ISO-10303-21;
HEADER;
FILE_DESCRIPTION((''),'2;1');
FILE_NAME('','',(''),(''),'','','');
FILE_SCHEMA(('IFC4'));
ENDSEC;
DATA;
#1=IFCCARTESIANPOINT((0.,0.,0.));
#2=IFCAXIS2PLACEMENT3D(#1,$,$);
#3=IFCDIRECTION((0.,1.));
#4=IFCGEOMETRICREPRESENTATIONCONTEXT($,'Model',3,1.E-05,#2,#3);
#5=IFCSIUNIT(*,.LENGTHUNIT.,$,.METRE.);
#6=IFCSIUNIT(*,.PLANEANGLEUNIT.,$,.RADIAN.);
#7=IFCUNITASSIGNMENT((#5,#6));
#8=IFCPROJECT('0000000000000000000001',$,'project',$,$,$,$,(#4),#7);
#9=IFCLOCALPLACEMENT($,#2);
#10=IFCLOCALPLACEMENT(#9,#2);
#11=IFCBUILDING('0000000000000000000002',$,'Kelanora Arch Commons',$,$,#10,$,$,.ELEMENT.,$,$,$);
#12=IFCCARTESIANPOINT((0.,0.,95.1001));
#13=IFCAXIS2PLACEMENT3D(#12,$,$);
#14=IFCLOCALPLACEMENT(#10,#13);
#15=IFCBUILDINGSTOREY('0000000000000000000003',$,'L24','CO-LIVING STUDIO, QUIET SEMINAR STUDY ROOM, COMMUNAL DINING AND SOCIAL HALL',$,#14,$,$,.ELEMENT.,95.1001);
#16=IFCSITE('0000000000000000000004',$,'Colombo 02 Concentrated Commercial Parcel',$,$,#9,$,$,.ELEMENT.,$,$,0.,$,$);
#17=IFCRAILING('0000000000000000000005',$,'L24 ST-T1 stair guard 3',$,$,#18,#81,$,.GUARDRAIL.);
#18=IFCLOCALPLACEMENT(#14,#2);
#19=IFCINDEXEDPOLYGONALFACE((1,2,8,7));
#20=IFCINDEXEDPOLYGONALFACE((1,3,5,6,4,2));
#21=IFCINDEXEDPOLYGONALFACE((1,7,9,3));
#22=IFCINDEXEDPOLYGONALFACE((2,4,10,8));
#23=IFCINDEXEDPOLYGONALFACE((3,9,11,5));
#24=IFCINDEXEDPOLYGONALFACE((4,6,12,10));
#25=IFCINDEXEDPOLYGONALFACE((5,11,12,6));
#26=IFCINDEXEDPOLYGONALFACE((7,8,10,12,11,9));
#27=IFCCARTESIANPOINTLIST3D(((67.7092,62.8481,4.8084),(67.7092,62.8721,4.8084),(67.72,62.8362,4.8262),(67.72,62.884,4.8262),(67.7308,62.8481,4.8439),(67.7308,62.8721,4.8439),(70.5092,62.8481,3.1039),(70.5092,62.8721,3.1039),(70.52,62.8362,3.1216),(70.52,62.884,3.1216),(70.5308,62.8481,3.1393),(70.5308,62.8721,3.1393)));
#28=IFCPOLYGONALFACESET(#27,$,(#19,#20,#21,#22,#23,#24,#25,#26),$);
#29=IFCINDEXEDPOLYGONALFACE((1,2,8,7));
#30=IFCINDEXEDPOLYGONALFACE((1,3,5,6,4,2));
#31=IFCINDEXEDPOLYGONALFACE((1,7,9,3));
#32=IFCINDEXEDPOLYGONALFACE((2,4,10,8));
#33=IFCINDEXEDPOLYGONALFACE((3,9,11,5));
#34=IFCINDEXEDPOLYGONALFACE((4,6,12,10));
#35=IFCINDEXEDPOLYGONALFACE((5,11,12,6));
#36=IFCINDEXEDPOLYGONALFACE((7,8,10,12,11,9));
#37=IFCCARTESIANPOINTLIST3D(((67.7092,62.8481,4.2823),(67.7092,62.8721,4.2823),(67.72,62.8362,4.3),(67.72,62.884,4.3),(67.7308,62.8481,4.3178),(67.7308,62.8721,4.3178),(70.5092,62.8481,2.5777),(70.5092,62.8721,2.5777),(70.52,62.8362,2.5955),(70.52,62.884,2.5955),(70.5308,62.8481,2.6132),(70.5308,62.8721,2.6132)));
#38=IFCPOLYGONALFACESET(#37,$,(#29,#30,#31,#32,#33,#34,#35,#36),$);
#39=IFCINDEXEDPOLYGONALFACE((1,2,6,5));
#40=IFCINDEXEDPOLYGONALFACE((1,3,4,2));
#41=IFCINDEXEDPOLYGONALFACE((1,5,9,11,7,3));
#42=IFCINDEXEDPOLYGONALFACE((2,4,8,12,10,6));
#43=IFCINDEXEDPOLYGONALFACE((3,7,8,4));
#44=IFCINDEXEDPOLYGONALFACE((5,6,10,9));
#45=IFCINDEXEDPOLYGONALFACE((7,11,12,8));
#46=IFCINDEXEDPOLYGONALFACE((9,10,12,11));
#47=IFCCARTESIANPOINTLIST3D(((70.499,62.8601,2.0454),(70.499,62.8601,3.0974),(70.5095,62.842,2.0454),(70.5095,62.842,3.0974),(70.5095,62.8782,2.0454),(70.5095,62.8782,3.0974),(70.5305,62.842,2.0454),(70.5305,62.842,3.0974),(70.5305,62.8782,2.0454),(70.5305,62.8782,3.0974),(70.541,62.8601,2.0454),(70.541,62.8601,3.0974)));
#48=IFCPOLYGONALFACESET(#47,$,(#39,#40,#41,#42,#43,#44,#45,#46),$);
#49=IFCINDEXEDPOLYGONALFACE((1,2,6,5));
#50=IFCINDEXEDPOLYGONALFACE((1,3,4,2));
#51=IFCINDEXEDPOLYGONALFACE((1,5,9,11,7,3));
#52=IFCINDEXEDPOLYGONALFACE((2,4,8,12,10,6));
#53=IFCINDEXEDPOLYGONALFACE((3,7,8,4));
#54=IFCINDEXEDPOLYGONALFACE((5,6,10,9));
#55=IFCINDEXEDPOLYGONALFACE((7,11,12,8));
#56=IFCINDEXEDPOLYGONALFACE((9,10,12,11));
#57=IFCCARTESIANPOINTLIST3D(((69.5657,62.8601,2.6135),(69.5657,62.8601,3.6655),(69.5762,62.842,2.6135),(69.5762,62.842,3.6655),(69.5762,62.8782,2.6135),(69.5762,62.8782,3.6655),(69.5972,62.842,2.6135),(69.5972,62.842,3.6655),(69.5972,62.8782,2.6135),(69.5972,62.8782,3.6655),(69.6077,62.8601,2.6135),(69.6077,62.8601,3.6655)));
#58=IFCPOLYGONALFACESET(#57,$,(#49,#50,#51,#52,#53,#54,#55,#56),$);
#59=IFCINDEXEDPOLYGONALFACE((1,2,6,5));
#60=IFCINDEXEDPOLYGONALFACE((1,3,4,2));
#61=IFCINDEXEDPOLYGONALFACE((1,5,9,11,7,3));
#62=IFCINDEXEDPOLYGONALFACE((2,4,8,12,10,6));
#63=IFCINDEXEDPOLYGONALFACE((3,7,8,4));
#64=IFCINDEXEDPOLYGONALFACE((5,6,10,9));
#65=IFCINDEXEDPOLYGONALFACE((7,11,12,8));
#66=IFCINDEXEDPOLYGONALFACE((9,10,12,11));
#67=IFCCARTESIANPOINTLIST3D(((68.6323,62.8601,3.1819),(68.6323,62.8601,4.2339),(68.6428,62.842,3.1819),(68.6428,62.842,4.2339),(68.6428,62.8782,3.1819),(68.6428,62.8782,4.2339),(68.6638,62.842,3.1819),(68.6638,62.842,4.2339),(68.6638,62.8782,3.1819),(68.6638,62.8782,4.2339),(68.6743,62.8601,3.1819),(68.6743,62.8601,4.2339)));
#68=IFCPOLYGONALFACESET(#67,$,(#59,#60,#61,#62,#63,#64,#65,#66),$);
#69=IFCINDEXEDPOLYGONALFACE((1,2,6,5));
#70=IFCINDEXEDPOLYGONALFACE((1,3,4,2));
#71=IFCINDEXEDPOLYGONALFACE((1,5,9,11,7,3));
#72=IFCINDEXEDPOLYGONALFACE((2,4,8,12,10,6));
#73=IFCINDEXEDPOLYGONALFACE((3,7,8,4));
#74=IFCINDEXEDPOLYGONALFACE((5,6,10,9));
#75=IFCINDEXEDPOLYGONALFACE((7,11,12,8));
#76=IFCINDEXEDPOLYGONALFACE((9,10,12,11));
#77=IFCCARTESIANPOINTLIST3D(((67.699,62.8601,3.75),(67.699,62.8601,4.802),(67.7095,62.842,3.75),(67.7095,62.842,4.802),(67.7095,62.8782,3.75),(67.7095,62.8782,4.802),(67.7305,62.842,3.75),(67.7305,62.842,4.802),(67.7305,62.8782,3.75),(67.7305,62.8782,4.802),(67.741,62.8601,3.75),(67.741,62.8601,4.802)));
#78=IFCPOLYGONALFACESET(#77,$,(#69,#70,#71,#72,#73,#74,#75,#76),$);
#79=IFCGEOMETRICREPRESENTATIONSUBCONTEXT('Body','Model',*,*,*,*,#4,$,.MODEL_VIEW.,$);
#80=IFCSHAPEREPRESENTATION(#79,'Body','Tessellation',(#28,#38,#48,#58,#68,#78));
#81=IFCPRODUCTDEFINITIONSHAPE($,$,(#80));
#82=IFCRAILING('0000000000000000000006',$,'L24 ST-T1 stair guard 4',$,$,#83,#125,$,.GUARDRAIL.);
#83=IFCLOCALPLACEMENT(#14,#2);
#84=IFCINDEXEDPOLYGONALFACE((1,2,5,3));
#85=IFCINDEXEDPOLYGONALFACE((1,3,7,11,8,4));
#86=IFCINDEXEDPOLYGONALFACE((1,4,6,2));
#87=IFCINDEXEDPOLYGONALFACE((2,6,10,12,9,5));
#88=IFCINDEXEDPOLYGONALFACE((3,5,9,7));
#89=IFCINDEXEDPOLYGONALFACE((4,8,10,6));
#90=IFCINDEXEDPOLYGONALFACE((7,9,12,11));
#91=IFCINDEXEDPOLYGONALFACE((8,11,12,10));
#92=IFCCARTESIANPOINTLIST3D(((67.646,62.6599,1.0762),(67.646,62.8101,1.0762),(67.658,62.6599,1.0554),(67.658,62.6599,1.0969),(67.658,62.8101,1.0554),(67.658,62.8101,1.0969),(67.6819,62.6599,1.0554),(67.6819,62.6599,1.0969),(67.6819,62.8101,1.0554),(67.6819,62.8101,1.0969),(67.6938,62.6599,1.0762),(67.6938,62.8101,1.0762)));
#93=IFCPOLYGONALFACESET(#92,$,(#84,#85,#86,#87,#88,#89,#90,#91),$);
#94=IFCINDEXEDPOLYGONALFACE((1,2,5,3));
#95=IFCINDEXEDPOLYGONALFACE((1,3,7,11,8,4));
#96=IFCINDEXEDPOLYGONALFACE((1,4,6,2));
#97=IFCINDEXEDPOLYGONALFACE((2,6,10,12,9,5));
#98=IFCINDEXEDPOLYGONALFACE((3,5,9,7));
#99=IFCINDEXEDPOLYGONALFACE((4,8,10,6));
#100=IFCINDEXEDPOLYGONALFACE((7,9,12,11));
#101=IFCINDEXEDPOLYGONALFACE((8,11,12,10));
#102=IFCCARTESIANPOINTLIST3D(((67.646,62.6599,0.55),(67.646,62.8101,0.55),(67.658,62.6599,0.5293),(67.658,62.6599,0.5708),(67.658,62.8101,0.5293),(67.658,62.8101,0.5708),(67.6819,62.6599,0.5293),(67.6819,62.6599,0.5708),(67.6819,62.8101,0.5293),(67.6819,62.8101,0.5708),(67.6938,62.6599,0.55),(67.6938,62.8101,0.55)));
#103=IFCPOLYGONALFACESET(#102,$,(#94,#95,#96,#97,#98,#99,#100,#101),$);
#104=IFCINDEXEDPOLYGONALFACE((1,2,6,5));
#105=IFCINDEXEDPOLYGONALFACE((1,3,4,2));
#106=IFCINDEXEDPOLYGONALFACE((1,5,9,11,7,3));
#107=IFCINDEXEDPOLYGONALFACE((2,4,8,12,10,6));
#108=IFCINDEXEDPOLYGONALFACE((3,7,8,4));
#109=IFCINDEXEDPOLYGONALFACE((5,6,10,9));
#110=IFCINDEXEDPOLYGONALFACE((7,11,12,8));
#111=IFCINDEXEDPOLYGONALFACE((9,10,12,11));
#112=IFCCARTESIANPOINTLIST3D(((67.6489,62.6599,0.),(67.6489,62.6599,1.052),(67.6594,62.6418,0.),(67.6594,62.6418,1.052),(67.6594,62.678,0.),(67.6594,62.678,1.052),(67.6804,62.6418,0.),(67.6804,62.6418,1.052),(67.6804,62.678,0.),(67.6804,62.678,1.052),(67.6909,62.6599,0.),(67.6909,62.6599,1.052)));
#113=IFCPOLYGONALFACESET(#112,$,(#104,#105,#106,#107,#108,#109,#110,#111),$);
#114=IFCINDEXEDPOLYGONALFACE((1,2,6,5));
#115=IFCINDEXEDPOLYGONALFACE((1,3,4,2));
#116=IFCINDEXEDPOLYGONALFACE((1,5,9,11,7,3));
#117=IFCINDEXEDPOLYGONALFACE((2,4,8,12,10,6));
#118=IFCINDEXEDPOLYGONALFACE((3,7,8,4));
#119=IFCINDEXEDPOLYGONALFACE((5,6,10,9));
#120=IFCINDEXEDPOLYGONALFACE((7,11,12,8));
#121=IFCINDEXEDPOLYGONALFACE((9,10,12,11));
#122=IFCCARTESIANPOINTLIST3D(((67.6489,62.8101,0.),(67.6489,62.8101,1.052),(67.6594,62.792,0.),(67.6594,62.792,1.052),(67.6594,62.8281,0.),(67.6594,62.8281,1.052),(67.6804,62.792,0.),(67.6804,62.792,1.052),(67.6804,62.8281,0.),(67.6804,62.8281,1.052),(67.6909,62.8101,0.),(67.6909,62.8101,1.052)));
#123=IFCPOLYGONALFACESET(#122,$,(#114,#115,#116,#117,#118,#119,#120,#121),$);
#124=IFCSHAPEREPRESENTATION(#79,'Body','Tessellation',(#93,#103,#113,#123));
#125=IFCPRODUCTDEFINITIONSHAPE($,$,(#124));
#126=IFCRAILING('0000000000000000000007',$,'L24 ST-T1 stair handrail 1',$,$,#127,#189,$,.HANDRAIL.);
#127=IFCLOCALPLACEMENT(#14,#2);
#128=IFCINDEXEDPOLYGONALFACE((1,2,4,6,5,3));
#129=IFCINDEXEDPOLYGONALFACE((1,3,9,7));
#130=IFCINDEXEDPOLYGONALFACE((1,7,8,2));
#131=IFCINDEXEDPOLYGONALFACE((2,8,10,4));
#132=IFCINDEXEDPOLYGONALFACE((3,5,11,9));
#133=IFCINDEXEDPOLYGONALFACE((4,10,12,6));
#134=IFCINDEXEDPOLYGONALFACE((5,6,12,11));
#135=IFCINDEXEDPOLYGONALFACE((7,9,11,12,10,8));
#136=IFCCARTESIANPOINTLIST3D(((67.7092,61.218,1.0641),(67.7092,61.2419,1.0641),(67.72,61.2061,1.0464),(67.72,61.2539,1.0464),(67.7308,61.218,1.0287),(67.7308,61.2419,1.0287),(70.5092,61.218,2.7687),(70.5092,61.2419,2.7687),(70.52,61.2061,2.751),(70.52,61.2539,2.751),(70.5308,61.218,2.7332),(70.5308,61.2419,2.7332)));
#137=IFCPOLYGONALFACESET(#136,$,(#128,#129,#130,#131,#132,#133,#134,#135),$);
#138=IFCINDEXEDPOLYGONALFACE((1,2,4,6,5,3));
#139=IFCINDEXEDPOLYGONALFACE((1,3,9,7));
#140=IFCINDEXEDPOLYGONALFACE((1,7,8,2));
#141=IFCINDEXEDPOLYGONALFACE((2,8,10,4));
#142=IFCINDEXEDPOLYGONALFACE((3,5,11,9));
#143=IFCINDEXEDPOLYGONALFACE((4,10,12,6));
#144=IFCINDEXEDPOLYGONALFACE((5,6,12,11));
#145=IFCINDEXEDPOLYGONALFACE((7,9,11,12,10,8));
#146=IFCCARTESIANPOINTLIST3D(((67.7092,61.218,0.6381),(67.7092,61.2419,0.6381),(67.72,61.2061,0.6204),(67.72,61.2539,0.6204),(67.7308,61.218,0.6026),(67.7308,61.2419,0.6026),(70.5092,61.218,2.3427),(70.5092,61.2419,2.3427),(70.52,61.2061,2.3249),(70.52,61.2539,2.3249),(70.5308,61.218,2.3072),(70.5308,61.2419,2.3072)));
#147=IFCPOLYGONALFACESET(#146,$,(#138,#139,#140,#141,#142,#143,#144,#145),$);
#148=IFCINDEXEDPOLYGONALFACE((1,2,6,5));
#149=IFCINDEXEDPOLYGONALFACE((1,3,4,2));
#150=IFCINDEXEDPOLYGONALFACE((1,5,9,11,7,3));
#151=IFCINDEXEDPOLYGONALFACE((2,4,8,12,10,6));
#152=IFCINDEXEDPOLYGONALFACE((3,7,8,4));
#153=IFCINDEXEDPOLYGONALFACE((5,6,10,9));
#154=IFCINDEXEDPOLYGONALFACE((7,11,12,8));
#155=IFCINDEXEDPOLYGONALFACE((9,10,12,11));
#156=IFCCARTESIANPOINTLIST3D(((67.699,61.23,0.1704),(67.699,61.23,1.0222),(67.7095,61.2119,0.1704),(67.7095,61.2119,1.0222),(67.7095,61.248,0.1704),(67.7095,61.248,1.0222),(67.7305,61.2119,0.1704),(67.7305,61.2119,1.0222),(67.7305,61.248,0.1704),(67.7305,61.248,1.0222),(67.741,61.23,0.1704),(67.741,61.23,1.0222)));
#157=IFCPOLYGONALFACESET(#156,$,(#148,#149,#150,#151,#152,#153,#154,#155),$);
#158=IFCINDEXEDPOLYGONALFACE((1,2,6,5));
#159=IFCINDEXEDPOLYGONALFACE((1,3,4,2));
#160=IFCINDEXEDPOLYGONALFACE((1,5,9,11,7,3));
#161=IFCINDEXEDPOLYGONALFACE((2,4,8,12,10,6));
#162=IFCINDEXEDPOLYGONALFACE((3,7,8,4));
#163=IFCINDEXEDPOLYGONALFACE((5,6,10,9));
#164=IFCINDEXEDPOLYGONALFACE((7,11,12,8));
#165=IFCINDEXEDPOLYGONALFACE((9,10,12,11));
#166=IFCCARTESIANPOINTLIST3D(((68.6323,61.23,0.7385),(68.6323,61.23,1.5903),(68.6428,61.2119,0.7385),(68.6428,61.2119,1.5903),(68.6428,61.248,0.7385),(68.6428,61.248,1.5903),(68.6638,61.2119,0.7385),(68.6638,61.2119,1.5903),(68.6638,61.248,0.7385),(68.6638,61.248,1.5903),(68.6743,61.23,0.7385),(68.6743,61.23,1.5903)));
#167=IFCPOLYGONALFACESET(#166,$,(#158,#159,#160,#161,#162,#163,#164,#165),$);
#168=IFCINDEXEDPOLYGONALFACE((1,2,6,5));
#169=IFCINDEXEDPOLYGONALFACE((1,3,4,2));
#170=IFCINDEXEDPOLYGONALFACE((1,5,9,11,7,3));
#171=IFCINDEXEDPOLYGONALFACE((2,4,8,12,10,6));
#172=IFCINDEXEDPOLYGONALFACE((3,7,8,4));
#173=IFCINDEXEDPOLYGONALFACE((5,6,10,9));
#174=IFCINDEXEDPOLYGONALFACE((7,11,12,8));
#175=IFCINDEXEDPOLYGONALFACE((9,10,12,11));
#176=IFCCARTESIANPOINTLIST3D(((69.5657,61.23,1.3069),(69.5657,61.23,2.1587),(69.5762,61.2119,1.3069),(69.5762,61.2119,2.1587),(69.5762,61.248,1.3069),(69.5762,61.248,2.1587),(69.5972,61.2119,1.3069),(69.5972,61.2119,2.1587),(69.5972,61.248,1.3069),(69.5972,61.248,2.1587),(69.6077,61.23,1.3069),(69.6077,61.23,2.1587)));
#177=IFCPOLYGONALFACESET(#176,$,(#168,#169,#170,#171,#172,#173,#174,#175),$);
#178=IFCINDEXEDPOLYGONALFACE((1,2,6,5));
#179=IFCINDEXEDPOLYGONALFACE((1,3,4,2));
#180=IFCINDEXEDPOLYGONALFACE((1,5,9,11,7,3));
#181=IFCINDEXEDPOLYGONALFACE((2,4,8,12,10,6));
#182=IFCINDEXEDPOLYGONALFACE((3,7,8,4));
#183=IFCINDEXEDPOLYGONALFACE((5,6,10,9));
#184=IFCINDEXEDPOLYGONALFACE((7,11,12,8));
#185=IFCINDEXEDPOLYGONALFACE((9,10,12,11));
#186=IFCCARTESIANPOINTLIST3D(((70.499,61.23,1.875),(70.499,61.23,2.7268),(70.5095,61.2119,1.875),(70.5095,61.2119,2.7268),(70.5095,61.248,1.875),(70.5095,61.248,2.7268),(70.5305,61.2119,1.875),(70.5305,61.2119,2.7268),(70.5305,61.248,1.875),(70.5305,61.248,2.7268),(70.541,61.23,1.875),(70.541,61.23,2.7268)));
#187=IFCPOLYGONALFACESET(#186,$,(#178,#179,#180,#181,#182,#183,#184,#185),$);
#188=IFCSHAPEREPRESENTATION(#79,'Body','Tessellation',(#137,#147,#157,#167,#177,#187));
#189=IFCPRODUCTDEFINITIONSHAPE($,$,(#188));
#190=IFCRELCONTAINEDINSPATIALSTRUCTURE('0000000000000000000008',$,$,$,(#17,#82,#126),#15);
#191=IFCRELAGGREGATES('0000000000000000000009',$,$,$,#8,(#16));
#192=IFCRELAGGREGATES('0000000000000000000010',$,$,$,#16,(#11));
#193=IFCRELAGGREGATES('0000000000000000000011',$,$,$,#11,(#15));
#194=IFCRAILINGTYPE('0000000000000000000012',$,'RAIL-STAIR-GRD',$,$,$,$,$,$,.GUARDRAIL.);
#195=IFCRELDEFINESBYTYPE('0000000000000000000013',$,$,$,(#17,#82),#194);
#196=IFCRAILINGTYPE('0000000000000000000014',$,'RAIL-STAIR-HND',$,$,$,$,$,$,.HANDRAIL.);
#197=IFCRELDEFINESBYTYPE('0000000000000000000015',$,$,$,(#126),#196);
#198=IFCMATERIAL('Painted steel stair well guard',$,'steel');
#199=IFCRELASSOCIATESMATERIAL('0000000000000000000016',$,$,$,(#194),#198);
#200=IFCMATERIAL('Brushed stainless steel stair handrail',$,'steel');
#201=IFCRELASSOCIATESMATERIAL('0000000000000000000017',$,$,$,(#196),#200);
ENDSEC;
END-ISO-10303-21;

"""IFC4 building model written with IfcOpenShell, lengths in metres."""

from ifc_helpers import new_model, si_unit, direction, frame, origin, place, context, subcontext, project, spatial, polyline, outline, extrude, material, type_object, element, save


model = new_model("IFC4")

# Units and contexts
model_context = context("Model", 3, precision=1e-05, world=origin(), true_north=direction((0.0, 1.0)))
body_context = subcontext(model_context, "Body", "Model", "MODEL_VIEW")
ifc_project = project(units=[si_unit("LENGTHUNIT", "METRE"), si_unit("PLANEANGLEUNIT", "RADIAN")], contexts=[model_context])

# Site, building, storey
site_placement = place(None, origin())
site = spatial("IfcSite", under=ifc_project, at=site_placement, Name="Colombo 02 Concentrated Commercial Parcel", CompositionType="ELEMENT", RefElevation=0.0)
building_placement = place(site_placement, origin())
building = spatial("IfcBuilding", under=site, at=building_placement, Name="Kelanora Arch Commons", CompositionType="ELEMENT")
storey_placement = place(building_placement, frame((0.0, 0.0, 95.1001)))
storey = spatial("IfcBuildingStorey", under=building, at=storey_placement, Name="L24", Description="CO-LIVING STUDIO, QUIET SEMINAR STUDY ROOM, COMMUNAL DINING AND SOCIAL HALL", CompositionType="ELEMENT", Elevation=95.1001)

# Railings
ifc_material_1 = material(Name="Painted steel stair well guard", Category="steel")
railing_type_1 = type_object("IfcRailingType", Name="RAIL-STAIR-GRD", PredefinedType="GUARDRAIL", material=ifc_material_1)
railing_1_placement = place(storey_placement, frame((70.52, 62.8601, 2.0454)))
element("IfcRailing", 1, at=railing_1_placement, inside=storey, type_object=railing_type_1, Name="L24 ST-T1 stair guard 3", PredefinedType="GUARDRAIL", context=body_context, shape_type="SweptSolid", body=[
    extrude(outline(polyline([(0.0239, 0.0), (0.012, 0.0208), (-0.012, 0.0208), (-0.0239, 0.0), (-0.012, -0.0208), (0.012, -0.0208), (0.0239, 0.0)])), frame((0.0, 0.0, 1.0762), z_axis=(-0.85417, 0.0, 0.519994), x_axis=(0.0, -1.0, 0.0)), (0.0, 0.0, 1.0), 3.2781),
    extrude(outline(polyline([(0.0239, 0.0), (0.012, 0.0208), (-0.012, 0.0208), (-0.0239, 0.0), (-0.012, -0.0208), (0.012, -0.0208), (0.0239, 0.0)])), frame((0.0, 0.0, 0.55), z_axis=(-0.85417, 0.0, 0.519994), x_axis=(0.0, -1.0, 0.0)), (0.0, 0.0, 1.0), 3.2781),
    extrude(outline(polyline([(0.021, 0.0), (0.0105, 0.0181), (-0.0105, 0.0181), (-0.021, 0.0), (-0.0105, -0.0181), (0.0105, -0.0181), (0.021, 0.0)])), origin(), (0.0, 0.0, 1.0), 1.052),
    extrude(outline(polyline([(0.021, 0.0), (0.0105, 0.0181), (-0.0105, 0.0181), (-0.021, 0.0), (-0.0105, -0.0181), (0.0105, -0.0181), (0.021, 0.0)])), frame((-0.9333, 0.0, 0.5681)), (0.0, 0.0, 1.0), 1.052),
    extrude(outline(polyline([(0.021, 0.0), (0.0105, 0.0181), (-0.0105, 0.0181), (-0.021, 0.0), (-0.0105, -0.0181), (0.0105, -0.0181), (0.021, 0.0)])), frame((-1.8667, 0.0, 1.1365)), (0.0, 0.0, 1.0), 1.052),
    extrude(outline(polyline([(0.021, 0.0), (0.0105, 0.0181), (-0.0105, 0.0181), (-0.021, 0.0), (-0.0105, -0.0181), (0.0105, -0.0181), (0.021, 0.0)])), frame((-2.8, 0.0, 1.7046)), (0.0, 0.0, 1.0), 1.052),
])
railing_2_placement = place(storey_placement, frame((67.6699, 62.6599, 0.0)))
element("IfcRailing", 2, at=railing_2_placement, inside=storey, type_object=railing_type_1, Name="L24 ST-T1 stair guard 4", PredefinedType="GUARDRAIL", context=body_context, shape_type="SweptSolid", body=[
    extrude(outline(polyline([(0.0239, 0.0), (0.012, 0.0208), (-0.012, 0.0208), (-0.0239, 0.0), (-0.012, -0.0208), (0.012, -0.0208), (0.0239, 0.0)])), frame((0.0, 0.0, 1.0762), z_axis=(0.0, 1.0, 0.0), x_axis=(-1.0, 0.0, 0.0)), (0.0, 0.0, 1.0), 0.1501),
    extrude(outline(polyline([(0.0239, 0.0), (0.012, 0.0208), (-0.012, 0.0208), (-0.0239, 0.0), (-0.012, -0.0208), (0.012, -0.0208), (0.0239, 0.0)])), frame((0.0, 0.0, 0.55), z_axis=(0.0, 1.0, 0.0), x_axis=(-1.0, 0.0, 0.0)), (0.0, 0.0, 1.0), 0.1501),
    extrude(outline(polyline([(0.021, 0.0), (0.0105, 0.0181), (-0.0105, 0.0181), (-0.021, 0.0), (-0.0105, -0.0181), (0.0105, -0.0181), (0.021, 0.0)])), origin(), (0.0, 0.0, 1.0), 1.052),
    extrude(outline(polyline([(0.021, 0.0), (0.0105, 0.0181), (-0.0105, 0.0181), (-0.021, 0.0), (-0.0105, -0.0181), (0.0105, -0.0181), (0.021, 0.0)])), frame((0.0, 0.1501, 0.0)), (0.0, 0.0, 1.0), 1.052),
])
ifc_material_2 = material(Name="Brushed stainless steel stair handrail", Category="steel")
railing_type_2 = type_object("IfcRailingType", Name="RAIL-STAIR-HND", PredefinedType="HANDRAIL", material=ifc_material_2)
railing_3_placement = place(storey_placement, frame((67.72, 61.23, 0.1704)))
element("IfcRailing", 3, at=railing_3_placement, inside=storey, type_object=railing_type_2, Name="L24 ST-T1 stair handrail 1", PredefinedType="HANDRAIL", context=body_context, shape_type="SweptSolid", body=[
    extrude(outline(polyline([(0.0239, 0.0), (0.012, 0.0208), (-0.012, 0.0208), (-0.0239, 0.0), (-0.012, -0.0208), (0.012, -0.0208), (0.0239, 0.0)])), frame((0.0, 0.0, 0.876), z_axis=(0.85417, 0.0, 0.519994), x_axis=(0.0, 1.0, 0.0)), (0.0, 0.0, 1.0), 3.2781),
    extrude(outline(polyline([(0.0239, 0.0), (0.012, 0.0208), (-0.012, 0.0208), (-0.0239, 0.0), (-0.012, -0.0208), (0.012, -0.0208), (0.0239, 0.0)])), frame((0.0, 0.0, 0.45), z_axis=(0.85417, 0.0, 0.519994), x_axis=(0.0, 1.0, 0.0)), (0.0, 0.0, 1.0), 3.2781),
    extrude(outline(polyline([(0.021, 0.0), (0.0105, 0.0181), (-0.0105, 0.0181), (-0.021, 0.0), (-0.0105, -0.0181), (0.0105, -0.0181), (0.021, 0.0)])), origin(), (0.0, 0.0, 1.0), 0.8518),
    extrude(outline(polyline([(0.021, 0.0), (0.0105, 0.0181), (-0.0105, 0.0181), (-0.021, 0.0), (-0.0105, -0.0181), (0.0105, -0.0181), (0.021, 0.0)])), frame((0.9333, 0.0, 0.5681)), (0.0, 0.0, 1.0), 0.8518),
    extrude(outline(polyline([(0.021, 0.0), (0.0105, 0.0181), (-0.0105, 0.0181), (-0.021, 0.0), (-0.0105, -0.0181), (0.0105, -0.0181), (0.021, 0.0)])), frame((1.8667, 0.0, 1.1365)), (0.0, 0.0, 1.0), 0.8518),
    extrude(outline(polyline([(0.021, 0.0), (0.0105, 0.0181), (-0.0105, 0.0181), (-0.021, 0.0), (-0.0105, -0.0181), (0.0105, -0.0181), (0.021, 0.0)])), frame((2.8, 0.0, 1.7046)), (0.0, 0.0, 1.0), 0.8518),
])

save(model, "model.ifc")
